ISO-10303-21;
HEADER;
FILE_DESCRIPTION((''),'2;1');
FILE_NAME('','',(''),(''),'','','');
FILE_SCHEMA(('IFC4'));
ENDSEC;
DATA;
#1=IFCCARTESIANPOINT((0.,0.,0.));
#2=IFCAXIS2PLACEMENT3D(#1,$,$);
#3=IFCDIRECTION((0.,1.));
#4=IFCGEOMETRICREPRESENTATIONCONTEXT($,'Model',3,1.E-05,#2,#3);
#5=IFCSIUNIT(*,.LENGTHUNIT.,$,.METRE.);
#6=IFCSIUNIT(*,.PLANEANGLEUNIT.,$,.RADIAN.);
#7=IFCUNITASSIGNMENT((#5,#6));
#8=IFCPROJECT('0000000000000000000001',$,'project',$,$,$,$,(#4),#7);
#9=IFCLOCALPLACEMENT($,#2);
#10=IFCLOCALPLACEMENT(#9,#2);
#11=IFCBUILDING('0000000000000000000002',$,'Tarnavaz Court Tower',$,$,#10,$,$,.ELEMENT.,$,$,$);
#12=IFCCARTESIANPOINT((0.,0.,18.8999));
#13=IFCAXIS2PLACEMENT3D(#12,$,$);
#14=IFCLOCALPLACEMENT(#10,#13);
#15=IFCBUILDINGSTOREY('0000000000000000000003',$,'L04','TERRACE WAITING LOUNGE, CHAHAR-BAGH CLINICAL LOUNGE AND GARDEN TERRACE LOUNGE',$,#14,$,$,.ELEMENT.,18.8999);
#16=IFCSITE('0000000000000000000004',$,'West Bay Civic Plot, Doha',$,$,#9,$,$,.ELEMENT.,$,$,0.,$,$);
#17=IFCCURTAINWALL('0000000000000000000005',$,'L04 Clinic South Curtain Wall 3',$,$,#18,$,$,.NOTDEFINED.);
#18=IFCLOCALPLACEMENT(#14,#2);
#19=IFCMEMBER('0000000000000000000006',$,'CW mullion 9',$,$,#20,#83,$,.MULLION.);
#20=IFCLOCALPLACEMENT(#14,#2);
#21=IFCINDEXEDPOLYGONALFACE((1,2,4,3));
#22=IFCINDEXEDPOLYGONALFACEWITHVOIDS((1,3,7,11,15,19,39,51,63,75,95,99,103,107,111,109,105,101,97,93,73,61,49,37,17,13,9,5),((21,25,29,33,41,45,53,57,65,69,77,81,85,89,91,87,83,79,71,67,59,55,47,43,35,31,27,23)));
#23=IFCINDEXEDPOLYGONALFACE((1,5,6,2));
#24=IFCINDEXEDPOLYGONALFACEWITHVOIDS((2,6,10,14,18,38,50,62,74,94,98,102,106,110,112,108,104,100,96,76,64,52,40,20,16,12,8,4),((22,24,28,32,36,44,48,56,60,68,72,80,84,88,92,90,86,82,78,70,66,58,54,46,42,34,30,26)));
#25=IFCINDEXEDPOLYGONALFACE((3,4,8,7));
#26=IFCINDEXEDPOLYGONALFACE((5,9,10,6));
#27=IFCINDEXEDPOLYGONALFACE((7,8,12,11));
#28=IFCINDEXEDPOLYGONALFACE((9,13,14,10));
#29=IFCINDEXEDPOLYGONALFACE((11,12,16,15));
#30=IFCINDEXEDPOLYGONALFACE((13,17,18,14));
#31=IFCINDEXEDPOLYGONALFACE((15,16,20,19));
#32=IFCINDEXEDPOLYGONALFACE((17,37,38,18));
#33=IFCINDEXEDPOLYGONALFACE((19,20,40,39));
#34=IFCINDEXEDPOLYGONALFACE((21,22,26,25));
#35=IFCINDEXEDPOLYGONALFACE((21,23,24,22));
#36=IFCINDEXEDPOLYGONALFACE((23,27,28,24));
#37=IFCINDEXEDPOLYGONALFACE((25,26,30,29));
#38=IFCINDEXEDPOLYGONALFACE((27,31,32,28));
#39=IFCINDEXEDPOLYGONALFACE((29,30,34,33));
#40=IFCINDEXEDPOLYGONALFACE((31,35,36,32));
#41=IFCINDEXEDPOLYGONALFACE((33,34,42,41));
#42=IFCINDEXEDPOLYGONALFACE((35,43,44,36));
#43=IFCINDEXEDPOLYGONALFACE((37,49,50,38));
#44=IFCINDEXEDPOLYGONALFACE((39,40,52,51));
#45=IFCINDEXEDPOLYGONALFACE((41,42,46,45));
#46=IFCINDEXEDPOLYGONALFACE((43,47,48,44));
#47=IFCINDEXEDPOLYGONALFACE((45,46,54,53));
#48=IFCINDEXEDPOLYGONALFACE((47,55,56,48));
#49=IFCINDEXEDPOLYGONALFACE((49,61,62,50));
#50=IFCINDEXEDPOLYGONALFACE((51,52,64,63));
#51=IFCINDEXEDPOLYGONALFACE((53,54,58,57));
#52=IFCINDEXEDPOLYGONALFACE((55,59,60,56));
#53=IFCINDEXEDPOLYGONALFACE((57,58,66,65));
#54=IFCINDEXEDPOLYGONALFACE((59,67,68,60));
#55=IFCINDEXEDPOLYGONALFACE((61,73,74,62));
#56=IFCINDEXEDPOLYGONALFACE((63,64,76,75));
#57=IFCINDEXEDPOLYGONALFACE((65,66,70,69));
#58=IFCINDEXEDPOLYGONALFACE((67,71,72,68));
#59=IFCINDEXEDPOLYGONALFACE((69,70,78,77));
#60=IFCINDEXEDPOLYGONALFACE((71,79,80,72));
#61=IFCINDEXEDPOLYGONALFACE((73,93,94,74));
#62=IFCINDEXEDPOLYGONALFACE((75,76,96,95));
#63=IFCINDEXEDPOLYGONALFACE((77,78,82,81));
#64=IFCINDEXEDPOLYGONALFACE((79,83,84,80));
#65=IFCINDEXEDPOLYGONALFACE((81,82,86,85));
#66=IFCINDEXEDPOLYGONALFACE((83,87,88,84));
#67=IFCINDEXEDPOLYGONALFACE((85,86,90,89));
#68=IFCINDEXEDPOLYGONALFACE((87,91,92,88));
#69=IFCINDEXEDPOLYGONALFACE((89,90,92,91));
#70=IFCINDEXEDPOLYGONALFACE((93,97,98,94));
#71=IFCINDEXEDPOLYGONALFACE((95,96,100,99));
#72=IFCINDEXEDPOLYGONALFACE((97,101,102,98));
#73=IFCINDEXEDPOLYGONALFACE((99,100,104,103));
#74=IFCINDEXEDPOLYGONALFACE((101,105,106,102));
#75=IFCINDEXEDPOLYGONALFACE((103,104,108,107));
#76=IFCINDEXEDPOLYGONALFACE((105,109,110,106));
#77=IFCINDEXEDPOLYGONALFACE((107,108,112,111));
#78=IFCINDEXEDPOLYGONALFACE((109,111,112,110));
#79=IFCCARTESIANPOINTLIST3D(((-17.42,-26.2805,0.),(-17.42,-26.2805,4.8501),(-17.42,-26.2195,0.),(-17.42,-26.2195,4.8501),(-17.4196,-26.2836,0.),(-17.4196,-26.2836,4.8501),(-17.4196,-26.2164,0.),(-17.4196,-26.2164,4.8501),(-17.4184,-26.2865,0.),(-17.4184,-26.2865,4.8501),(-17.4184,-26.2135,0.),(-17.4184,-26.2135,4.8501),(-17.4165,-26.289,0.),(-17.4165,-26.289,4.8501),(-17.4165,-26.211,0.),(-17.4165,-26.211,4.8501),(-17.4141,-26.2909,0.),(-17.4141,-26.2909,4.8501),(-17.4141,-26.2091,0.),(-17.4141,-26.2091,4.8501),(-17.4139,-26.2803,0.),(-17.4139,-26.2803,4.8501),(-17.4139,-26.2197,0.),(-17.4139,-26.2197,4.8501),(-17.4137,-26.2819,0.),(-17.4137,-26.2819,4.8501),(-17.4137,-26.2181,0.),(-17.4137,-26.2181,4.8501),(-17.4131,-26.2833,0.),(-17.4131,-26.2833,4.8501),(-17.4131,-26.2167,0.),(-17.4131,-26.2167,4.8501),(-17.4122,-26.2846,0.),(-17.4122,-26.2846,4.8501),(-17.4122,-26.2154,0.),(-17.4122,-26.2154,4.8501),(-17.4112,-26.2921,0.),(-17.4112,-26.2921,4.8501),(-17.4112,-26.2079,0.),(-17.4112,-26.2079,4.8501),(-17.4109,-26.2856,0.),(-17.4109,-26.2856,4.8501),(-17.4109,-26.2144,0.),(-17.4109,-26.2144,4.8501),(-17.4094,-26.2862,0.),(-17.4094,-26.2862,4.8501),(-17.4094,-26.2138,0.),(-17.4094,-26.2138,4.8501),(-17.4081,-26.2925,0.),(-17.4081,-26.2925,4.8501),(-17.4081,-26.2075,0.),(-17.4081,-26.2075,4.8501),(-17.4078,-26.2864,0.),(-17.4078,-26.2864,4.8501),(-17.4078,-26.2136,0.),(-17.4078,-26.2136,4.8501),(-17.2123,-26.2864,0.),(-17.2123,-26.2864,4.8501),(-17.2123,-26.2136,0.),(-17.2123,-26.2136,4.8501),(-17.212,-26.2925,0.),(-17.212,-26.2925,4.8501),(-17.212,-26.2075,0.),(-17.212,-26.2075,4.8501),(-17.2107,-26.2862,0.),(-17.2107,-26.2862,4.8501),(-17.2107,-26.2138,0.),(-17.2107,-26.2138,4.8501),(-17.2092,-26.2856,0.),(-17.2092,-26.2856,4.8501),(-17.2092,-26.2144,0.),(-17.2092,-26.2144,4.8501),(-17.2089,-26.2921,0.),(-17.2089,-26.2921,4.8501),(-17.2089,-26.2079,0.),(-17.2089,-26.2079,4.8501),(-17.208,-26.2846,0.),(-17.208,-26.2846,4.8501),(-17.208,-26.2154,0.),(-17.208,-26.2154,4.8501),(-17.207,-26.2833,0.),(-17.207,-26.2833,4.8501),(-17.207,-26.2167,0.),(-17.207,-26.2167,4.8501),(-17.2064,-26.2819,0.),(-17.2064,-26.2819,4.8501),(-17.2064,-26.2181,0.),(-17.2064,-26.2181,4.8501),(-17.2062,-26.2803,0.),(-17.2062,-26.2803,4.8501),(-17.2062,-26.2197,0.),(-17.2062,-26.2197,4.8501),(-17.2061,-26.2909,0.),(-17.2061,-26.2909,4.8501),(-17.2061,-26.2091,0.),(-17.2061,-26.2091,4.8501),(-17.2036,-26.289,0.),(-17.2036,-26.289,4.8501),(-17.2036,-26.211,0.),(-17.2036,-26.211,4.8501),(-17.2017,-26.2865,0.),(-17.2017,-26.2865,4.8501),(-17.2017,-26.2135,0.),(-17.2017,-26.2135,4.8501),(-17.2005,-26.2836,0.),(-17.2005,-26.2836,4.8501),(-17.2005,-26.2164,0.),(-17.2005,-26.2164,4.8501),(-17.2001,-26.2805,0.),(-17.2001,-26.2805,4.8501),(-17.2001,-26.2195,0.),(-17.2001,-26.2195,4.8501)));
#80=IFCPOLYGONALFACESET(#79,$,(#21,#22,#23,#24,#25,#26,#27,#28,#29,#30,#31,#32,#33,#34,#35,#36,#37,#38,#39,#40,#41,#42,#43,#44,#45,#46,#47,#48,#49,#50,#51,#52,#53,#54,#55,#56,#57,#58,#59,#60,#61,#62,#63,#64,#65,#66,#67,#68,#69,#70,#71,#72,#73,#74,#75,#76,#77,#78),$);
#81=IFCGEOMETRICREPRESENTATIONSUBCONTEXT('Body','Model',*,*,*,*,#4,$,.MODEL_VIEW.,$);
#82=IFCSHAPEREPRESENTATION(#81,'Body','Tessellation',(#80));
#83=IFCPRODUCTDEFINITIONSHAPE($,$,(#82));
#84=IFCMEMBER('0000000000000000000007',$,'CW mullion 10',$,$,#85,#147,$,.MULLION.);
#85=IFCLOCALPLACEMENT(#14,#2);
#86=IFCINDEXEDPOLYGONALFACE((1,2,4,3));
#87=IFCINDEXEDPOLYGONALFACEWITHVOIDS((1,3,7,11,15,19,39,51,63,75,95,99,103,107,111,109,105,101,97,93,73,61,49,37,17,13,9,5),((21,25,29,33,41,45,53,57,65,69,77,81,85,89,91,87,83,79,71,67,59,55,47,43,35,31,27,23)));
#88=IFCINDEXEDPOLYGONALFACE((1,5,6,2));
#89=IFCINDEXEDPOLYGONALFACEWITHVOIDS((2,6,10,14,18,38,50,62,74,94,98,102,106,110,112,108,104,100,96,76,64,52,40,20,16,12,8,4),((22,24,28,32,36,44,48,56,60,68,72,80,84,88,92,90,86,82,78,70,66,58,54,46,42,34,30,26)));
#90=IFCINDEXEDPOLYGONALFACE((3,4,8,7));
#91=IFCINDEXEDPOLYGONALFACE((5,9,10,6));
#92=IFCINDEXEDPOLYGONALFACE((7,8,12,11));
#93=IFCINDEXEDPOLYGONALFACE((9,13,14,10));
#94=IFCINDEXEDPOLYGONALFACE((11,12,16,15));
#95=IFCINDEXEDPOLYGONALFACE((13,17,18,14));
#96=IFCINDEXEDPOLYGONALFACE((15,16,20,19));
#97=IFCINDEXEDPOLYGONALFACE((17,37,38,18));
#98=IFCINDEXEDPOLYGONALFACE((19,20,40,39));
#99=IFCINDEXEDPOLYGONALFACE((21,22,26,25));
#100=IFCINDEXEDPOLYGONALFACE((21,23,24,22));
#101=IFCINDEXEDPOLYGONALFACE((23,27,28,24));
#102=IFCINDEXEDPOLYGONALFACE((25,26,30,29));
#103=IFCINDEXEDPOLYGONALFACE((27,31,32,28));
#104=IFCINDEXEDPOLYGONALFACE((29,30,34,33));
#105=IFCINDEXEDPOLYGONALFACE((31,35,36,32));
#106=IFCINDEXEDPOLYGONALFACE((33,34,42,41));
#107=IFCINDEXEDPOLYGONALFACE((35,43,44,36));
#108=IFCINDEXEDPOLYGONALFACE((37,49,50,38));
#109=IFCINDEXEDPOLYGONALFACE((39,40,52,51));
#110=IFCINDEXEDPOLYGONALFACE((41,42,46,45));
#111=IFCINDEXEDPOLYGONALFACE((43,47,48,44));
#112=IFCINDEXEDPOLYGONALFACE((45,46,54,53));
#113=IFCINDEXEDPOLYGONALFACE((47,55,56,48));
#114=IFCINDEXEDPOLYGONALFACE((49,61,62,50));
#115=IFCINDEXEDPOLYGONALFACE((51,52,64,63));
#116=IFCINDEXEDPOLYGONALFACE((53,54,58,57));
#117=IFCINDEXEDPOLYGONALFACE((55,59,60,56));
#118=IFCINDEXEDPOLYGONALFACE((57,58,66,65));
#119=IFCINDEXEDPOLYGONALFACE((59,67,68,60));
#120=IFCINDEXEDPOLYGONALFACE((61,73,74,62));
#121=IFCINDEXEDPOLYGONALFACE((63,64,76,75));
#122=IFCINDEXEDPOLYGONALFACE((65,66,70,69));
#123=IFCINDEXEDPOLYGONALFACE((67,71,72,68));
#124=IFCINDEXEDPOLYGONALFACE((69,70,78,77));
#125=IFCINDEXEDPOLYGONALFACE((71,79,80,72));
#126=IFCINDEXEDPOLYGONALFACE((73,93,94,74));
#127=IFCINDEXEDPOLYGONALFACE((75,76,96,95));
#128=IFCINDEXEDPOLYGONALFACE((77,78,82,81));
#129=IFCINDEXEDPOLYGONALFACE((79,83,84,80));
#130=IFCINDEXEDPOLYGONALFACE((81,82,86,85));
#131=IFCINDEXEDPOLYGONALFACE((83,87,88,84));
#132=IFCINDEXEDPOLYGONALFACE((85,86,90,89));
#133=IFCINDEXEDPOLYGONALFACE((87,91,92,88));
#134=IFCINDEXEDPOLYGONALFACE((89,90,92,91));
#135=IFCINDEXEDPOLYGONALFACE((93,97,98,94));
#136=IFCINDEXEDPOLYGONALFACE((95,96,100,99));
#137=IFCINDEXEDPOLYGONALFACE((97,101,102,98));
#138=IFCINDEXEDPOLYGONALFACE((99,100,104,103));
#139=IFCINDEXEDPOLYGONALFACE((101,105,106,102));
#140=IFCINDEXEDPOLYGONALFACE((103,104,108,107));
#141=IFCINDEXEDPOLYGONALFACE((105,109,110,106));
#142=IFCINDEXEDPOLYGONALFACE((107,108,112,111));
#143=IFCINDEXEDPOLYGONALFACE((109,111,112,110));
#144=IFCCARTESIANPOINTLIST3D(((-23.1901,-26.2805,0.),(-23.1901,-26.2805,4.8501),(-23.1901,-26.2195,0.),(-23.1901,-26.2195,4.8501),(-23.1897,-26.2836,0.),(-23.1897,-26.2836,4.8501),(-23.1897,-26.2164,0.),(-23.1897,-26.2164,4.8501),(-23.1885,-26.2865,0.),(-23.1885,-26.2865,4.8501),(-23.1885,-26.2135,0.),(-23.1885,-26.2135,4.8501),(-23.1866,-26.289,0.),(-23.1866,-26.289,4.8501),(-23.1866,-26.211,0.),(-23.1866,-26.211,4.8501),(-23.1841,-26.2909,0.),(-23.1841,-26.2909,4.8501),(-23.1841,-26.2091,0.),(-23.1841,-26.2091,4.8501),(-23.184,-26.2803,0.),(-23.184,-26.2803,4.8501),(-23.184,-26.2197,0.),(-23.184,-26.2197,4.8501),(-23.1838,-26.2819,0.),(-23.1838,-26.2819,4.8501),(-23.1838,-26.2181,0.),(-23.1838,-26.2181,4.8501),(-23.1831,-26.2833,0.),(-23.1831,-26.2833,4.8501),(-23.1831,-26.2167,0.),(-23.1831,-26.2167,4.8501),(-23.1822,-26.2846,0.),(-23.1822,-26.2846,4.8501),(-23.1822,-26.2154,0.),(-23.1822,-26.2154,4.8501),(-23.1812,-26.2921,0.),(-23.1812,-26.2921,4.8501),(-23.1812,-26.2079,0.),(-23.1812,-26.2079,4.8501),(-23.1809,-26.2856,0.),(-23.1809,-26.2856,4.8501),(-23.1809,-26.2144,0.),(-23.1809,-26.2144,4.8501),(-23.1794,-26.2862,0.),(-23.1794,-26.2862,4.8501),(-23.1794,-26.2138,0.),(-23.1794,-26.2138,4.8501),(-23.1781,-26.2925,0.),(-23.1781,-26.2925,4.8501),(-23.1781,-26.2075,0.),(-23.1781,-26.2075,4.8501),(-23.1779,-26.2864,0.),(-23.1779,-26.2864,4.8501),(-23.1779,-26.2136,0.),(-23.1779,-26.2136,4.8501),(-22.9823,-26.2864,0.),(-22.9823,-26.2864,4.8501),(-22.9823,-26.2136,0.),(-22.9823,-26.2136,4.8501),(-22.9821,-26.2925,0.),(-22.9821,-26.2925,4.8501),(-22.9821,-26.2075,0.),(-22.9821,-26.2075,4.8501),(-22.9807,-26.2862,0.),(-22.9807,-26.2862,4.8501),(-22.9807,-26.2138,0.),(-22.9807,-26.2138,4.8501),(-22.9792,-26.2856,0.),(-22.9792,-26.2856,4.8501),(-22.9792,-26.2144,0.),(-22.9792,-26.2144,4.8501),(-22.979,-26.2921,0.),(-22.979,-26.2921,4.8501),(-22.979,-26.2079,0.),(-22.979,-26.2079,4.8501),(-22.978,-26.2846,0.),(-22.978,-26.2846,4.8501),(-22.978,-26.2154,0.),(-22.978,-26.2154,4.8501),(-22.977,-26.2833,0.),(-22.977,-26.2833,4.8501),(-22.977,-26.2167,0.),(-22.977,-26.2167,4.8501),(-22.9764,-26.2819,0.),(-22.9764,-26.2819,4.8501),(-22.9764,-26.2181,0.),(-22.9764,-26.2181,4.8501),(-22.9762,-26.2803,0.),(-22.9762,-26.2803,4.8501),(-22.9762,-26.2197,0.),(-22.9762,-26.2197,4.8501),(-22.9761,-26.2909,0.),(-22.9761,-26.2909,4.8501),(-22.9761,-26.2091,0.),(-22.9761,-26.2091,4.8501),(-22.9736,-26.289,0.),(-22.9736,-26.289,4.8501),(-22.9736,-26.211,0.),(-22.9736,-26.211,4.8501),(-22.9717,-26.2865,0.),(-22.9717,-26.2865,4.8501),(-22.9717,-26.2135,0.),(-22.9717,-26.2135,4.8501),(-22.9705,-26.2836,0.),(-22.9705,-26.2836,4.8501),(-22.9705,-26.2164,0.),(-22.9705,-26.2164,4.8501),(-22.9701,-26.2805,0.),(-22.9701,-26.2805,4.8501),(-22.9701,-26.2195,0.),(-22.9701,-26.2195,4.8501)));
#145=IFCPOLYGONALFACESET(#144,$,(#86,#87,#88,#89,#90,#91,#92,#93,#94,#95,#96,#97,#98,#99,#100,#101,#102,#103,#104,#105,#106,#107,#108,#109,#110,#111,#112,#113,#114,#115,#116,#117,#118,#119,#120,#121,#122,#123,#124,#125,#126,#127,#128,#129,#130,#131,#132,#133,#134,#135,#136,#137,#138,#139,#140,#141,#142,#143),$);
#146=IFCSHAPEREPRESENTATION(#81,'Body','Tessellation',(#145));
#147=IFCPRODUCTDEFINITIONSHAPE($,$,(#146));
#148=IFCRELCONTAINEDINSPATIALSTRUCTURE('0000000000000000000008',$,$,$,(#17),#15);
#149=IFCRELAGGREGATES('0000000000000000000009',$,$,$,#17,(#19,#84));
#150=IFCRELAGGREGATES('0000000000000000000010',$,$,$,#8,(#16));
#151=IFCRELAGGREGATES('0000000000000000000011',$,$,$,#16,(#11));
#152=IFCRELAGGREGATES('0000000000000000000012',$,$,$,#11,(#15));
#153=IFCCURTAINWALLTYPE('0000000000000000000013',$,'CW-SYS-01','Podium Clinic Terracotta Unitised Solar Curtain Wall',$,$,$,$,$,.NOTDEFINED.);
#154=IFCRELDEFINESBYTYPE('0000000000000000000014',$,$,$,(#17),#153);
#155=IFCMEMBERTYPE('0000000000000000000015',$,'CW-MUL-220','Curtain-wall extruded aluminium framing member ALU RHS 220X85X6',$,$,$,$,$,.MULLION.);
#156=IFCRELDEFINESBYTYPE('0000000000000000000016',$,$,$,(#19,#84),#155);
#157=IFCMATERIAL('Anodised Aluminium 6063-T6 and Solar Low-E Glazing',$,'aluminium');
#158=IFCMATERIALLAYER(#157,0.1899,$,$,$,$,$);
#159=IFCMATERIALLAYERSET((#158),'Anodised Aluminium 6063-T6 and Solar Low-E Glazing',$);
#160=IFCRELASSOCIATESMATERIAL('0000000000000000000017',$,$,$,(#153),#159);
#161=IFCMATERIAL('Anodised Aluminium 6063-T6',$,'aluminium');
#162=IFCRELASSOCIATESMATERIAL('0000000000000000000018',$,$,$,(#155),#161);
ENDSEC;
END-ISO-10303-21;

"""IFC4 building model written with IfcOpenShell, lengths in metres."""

from ifc_helpers import new_model, si_unit, direction, frame, origin, origin_2d, place, context, subcontext, project, spatial, hollow_rectangle, extrude, material, layer, layer_set, material_profile, profile_set, type_object, element, aggregate, save


model = new_model("IFC4")

# Units and contexts
model_context = context("Model", 3, precision=1e-05, world=origin(), true_north=direction((0.0, 1.0)))
body_context = subcontext(model_context, "Body", "Model", "MODEL_VIEW")
ifc_project = project(units=[si_unit("LENGTHUNIT", "METRE"), si_unit("PLANEANGLEUNIT", "RADIAN")], contexts=[model_context])

# Site, building, storey
site_placement = place(None, origin())
site = spatial("IfcSite", under=ifc_project, at=site_placement, Name="West Bay Civic Plot, Doha", CompositionType="ELEMENT", RefElevation=0.0)
building_placement = place(site_placement, origin())
building = spatial("IfcBuilding", under=site, at=building_placement, Name="Tarnavaz Court Tower", CompositionType="ELEMENT")
storey_placement = place(building_placement, frame((0.0, 0.0, 18.8999)))
storey = spatial("IfcBuildingStorey", under=building, at=storey_placement, Name="L04", Description="TERRACE WAITING LOUNGE, CHAHAR-BAGH CLINICAL LOUNGE AND GARDEN TERRACE LOUNGE", CompositionType="ELEMENT", Elevation=18.8999)

# Curtain wall, members
ifc_material_1 = material(Name="Anodised Aluminium 6063-T6 and Solar Low-E Glazing", Category="aluminium")
ifc_layer_1 = layer(ifc_material_1, 0.1899)
ifc_layer_set_1 = layer_set([ifc_layer_1], Name="Anodised Aluminium 6063-T6 and Solar Low-E Glazing")
curtain_wall_type = type_object("IfcCurtainWallType", Name="CW-SYS-01", Description="Podium Clinic Terracotta Unitised Solar Curtain Wall", PredefinedType="NOTDEFINED", material=ifc_layer_set_1)
curtain_wall_placement = place(storey_placement, origin())
curtain_wall = element("IfcCurtainWall", 1, at=curtain_wall_placement, inside=storey, type_object=curtain_wall_type, Name="L04 Clinic South Curtain Wall 3", PredefinedType="NOTDEFINED")
ifc_material_2 = material(Name="Anodised Aluminium 6063-T6", Category="aluminium")
ifc_material_profile_1 = material_profile(ifc_material_2, hollow_rectangle(XDim=0.085, YDim=0.22, WallThickness=0.0061, InnerFilletRadius=0.0061, OuterFilletRadius=0.012, at=origin_2d()), Name="ALU RHS 220X85X6")
ifc_profile_set_1 = profile_set([ifc_material_profile_1], Name="Anodised Aluminium 6063-T6")
member_type_1 = type_object("IfcMemberType", Name="CW-MUL-220", Description="Curtain-wall extruded aluminium framing member ALU RHS 220X85X6", PredefinedType="MULLION", material=ifc_profile_set_1)
member_1_placement = place(storey_placement, frame((-17.3101, -26.25, 0.0), z_axis=(0.0, 0.0, 1.0), x_axis=(0.0, -1.0, 0.0)))
member_1 = element("IfcMember", 2, at=member_1_placement, type_object=member_type_1, Name="CW mullion 9", PredefinedType="MULLION", context=body_context, shape_type="SweptSolid", body=[
    extrude(hollow_rectangle(XDim=0.085, YDim=0.22, WallThickness=0.0061, InnerFilletRadius=0.0061, OuterFilletRadius=0.012, at=origin_2d()), origin(), (0.0, 0.0, 1.0), 4.8501),
])
member_2_placement = place(storey_placement, frame((-23.0801, -26.25, 0.0), z_axis=(0.0, 0.0, 1.0), x_axis=(0.0, -1.0, 0.0)))
member_2 = element("IfcMember", 3, at=member_2_placement, type_object=member_type_1, Name="CW mullion 10", PredefinedType="MULLION", context=body_context, shape_type="SweptSolid", body=[
    extrude(hollow_rectangle(XDim=0.085, YDim=0.22, WallThickness=0.0061, InnerFilletRadius=0.0061, OuterFilletRadius=0.012, at=origin_2d()), origin(), (0.0, 0.0, 1.0), 4.8501),
])
aggregate(curtain_wall, [member_1, member_2])

save(model, "model.ifc")
